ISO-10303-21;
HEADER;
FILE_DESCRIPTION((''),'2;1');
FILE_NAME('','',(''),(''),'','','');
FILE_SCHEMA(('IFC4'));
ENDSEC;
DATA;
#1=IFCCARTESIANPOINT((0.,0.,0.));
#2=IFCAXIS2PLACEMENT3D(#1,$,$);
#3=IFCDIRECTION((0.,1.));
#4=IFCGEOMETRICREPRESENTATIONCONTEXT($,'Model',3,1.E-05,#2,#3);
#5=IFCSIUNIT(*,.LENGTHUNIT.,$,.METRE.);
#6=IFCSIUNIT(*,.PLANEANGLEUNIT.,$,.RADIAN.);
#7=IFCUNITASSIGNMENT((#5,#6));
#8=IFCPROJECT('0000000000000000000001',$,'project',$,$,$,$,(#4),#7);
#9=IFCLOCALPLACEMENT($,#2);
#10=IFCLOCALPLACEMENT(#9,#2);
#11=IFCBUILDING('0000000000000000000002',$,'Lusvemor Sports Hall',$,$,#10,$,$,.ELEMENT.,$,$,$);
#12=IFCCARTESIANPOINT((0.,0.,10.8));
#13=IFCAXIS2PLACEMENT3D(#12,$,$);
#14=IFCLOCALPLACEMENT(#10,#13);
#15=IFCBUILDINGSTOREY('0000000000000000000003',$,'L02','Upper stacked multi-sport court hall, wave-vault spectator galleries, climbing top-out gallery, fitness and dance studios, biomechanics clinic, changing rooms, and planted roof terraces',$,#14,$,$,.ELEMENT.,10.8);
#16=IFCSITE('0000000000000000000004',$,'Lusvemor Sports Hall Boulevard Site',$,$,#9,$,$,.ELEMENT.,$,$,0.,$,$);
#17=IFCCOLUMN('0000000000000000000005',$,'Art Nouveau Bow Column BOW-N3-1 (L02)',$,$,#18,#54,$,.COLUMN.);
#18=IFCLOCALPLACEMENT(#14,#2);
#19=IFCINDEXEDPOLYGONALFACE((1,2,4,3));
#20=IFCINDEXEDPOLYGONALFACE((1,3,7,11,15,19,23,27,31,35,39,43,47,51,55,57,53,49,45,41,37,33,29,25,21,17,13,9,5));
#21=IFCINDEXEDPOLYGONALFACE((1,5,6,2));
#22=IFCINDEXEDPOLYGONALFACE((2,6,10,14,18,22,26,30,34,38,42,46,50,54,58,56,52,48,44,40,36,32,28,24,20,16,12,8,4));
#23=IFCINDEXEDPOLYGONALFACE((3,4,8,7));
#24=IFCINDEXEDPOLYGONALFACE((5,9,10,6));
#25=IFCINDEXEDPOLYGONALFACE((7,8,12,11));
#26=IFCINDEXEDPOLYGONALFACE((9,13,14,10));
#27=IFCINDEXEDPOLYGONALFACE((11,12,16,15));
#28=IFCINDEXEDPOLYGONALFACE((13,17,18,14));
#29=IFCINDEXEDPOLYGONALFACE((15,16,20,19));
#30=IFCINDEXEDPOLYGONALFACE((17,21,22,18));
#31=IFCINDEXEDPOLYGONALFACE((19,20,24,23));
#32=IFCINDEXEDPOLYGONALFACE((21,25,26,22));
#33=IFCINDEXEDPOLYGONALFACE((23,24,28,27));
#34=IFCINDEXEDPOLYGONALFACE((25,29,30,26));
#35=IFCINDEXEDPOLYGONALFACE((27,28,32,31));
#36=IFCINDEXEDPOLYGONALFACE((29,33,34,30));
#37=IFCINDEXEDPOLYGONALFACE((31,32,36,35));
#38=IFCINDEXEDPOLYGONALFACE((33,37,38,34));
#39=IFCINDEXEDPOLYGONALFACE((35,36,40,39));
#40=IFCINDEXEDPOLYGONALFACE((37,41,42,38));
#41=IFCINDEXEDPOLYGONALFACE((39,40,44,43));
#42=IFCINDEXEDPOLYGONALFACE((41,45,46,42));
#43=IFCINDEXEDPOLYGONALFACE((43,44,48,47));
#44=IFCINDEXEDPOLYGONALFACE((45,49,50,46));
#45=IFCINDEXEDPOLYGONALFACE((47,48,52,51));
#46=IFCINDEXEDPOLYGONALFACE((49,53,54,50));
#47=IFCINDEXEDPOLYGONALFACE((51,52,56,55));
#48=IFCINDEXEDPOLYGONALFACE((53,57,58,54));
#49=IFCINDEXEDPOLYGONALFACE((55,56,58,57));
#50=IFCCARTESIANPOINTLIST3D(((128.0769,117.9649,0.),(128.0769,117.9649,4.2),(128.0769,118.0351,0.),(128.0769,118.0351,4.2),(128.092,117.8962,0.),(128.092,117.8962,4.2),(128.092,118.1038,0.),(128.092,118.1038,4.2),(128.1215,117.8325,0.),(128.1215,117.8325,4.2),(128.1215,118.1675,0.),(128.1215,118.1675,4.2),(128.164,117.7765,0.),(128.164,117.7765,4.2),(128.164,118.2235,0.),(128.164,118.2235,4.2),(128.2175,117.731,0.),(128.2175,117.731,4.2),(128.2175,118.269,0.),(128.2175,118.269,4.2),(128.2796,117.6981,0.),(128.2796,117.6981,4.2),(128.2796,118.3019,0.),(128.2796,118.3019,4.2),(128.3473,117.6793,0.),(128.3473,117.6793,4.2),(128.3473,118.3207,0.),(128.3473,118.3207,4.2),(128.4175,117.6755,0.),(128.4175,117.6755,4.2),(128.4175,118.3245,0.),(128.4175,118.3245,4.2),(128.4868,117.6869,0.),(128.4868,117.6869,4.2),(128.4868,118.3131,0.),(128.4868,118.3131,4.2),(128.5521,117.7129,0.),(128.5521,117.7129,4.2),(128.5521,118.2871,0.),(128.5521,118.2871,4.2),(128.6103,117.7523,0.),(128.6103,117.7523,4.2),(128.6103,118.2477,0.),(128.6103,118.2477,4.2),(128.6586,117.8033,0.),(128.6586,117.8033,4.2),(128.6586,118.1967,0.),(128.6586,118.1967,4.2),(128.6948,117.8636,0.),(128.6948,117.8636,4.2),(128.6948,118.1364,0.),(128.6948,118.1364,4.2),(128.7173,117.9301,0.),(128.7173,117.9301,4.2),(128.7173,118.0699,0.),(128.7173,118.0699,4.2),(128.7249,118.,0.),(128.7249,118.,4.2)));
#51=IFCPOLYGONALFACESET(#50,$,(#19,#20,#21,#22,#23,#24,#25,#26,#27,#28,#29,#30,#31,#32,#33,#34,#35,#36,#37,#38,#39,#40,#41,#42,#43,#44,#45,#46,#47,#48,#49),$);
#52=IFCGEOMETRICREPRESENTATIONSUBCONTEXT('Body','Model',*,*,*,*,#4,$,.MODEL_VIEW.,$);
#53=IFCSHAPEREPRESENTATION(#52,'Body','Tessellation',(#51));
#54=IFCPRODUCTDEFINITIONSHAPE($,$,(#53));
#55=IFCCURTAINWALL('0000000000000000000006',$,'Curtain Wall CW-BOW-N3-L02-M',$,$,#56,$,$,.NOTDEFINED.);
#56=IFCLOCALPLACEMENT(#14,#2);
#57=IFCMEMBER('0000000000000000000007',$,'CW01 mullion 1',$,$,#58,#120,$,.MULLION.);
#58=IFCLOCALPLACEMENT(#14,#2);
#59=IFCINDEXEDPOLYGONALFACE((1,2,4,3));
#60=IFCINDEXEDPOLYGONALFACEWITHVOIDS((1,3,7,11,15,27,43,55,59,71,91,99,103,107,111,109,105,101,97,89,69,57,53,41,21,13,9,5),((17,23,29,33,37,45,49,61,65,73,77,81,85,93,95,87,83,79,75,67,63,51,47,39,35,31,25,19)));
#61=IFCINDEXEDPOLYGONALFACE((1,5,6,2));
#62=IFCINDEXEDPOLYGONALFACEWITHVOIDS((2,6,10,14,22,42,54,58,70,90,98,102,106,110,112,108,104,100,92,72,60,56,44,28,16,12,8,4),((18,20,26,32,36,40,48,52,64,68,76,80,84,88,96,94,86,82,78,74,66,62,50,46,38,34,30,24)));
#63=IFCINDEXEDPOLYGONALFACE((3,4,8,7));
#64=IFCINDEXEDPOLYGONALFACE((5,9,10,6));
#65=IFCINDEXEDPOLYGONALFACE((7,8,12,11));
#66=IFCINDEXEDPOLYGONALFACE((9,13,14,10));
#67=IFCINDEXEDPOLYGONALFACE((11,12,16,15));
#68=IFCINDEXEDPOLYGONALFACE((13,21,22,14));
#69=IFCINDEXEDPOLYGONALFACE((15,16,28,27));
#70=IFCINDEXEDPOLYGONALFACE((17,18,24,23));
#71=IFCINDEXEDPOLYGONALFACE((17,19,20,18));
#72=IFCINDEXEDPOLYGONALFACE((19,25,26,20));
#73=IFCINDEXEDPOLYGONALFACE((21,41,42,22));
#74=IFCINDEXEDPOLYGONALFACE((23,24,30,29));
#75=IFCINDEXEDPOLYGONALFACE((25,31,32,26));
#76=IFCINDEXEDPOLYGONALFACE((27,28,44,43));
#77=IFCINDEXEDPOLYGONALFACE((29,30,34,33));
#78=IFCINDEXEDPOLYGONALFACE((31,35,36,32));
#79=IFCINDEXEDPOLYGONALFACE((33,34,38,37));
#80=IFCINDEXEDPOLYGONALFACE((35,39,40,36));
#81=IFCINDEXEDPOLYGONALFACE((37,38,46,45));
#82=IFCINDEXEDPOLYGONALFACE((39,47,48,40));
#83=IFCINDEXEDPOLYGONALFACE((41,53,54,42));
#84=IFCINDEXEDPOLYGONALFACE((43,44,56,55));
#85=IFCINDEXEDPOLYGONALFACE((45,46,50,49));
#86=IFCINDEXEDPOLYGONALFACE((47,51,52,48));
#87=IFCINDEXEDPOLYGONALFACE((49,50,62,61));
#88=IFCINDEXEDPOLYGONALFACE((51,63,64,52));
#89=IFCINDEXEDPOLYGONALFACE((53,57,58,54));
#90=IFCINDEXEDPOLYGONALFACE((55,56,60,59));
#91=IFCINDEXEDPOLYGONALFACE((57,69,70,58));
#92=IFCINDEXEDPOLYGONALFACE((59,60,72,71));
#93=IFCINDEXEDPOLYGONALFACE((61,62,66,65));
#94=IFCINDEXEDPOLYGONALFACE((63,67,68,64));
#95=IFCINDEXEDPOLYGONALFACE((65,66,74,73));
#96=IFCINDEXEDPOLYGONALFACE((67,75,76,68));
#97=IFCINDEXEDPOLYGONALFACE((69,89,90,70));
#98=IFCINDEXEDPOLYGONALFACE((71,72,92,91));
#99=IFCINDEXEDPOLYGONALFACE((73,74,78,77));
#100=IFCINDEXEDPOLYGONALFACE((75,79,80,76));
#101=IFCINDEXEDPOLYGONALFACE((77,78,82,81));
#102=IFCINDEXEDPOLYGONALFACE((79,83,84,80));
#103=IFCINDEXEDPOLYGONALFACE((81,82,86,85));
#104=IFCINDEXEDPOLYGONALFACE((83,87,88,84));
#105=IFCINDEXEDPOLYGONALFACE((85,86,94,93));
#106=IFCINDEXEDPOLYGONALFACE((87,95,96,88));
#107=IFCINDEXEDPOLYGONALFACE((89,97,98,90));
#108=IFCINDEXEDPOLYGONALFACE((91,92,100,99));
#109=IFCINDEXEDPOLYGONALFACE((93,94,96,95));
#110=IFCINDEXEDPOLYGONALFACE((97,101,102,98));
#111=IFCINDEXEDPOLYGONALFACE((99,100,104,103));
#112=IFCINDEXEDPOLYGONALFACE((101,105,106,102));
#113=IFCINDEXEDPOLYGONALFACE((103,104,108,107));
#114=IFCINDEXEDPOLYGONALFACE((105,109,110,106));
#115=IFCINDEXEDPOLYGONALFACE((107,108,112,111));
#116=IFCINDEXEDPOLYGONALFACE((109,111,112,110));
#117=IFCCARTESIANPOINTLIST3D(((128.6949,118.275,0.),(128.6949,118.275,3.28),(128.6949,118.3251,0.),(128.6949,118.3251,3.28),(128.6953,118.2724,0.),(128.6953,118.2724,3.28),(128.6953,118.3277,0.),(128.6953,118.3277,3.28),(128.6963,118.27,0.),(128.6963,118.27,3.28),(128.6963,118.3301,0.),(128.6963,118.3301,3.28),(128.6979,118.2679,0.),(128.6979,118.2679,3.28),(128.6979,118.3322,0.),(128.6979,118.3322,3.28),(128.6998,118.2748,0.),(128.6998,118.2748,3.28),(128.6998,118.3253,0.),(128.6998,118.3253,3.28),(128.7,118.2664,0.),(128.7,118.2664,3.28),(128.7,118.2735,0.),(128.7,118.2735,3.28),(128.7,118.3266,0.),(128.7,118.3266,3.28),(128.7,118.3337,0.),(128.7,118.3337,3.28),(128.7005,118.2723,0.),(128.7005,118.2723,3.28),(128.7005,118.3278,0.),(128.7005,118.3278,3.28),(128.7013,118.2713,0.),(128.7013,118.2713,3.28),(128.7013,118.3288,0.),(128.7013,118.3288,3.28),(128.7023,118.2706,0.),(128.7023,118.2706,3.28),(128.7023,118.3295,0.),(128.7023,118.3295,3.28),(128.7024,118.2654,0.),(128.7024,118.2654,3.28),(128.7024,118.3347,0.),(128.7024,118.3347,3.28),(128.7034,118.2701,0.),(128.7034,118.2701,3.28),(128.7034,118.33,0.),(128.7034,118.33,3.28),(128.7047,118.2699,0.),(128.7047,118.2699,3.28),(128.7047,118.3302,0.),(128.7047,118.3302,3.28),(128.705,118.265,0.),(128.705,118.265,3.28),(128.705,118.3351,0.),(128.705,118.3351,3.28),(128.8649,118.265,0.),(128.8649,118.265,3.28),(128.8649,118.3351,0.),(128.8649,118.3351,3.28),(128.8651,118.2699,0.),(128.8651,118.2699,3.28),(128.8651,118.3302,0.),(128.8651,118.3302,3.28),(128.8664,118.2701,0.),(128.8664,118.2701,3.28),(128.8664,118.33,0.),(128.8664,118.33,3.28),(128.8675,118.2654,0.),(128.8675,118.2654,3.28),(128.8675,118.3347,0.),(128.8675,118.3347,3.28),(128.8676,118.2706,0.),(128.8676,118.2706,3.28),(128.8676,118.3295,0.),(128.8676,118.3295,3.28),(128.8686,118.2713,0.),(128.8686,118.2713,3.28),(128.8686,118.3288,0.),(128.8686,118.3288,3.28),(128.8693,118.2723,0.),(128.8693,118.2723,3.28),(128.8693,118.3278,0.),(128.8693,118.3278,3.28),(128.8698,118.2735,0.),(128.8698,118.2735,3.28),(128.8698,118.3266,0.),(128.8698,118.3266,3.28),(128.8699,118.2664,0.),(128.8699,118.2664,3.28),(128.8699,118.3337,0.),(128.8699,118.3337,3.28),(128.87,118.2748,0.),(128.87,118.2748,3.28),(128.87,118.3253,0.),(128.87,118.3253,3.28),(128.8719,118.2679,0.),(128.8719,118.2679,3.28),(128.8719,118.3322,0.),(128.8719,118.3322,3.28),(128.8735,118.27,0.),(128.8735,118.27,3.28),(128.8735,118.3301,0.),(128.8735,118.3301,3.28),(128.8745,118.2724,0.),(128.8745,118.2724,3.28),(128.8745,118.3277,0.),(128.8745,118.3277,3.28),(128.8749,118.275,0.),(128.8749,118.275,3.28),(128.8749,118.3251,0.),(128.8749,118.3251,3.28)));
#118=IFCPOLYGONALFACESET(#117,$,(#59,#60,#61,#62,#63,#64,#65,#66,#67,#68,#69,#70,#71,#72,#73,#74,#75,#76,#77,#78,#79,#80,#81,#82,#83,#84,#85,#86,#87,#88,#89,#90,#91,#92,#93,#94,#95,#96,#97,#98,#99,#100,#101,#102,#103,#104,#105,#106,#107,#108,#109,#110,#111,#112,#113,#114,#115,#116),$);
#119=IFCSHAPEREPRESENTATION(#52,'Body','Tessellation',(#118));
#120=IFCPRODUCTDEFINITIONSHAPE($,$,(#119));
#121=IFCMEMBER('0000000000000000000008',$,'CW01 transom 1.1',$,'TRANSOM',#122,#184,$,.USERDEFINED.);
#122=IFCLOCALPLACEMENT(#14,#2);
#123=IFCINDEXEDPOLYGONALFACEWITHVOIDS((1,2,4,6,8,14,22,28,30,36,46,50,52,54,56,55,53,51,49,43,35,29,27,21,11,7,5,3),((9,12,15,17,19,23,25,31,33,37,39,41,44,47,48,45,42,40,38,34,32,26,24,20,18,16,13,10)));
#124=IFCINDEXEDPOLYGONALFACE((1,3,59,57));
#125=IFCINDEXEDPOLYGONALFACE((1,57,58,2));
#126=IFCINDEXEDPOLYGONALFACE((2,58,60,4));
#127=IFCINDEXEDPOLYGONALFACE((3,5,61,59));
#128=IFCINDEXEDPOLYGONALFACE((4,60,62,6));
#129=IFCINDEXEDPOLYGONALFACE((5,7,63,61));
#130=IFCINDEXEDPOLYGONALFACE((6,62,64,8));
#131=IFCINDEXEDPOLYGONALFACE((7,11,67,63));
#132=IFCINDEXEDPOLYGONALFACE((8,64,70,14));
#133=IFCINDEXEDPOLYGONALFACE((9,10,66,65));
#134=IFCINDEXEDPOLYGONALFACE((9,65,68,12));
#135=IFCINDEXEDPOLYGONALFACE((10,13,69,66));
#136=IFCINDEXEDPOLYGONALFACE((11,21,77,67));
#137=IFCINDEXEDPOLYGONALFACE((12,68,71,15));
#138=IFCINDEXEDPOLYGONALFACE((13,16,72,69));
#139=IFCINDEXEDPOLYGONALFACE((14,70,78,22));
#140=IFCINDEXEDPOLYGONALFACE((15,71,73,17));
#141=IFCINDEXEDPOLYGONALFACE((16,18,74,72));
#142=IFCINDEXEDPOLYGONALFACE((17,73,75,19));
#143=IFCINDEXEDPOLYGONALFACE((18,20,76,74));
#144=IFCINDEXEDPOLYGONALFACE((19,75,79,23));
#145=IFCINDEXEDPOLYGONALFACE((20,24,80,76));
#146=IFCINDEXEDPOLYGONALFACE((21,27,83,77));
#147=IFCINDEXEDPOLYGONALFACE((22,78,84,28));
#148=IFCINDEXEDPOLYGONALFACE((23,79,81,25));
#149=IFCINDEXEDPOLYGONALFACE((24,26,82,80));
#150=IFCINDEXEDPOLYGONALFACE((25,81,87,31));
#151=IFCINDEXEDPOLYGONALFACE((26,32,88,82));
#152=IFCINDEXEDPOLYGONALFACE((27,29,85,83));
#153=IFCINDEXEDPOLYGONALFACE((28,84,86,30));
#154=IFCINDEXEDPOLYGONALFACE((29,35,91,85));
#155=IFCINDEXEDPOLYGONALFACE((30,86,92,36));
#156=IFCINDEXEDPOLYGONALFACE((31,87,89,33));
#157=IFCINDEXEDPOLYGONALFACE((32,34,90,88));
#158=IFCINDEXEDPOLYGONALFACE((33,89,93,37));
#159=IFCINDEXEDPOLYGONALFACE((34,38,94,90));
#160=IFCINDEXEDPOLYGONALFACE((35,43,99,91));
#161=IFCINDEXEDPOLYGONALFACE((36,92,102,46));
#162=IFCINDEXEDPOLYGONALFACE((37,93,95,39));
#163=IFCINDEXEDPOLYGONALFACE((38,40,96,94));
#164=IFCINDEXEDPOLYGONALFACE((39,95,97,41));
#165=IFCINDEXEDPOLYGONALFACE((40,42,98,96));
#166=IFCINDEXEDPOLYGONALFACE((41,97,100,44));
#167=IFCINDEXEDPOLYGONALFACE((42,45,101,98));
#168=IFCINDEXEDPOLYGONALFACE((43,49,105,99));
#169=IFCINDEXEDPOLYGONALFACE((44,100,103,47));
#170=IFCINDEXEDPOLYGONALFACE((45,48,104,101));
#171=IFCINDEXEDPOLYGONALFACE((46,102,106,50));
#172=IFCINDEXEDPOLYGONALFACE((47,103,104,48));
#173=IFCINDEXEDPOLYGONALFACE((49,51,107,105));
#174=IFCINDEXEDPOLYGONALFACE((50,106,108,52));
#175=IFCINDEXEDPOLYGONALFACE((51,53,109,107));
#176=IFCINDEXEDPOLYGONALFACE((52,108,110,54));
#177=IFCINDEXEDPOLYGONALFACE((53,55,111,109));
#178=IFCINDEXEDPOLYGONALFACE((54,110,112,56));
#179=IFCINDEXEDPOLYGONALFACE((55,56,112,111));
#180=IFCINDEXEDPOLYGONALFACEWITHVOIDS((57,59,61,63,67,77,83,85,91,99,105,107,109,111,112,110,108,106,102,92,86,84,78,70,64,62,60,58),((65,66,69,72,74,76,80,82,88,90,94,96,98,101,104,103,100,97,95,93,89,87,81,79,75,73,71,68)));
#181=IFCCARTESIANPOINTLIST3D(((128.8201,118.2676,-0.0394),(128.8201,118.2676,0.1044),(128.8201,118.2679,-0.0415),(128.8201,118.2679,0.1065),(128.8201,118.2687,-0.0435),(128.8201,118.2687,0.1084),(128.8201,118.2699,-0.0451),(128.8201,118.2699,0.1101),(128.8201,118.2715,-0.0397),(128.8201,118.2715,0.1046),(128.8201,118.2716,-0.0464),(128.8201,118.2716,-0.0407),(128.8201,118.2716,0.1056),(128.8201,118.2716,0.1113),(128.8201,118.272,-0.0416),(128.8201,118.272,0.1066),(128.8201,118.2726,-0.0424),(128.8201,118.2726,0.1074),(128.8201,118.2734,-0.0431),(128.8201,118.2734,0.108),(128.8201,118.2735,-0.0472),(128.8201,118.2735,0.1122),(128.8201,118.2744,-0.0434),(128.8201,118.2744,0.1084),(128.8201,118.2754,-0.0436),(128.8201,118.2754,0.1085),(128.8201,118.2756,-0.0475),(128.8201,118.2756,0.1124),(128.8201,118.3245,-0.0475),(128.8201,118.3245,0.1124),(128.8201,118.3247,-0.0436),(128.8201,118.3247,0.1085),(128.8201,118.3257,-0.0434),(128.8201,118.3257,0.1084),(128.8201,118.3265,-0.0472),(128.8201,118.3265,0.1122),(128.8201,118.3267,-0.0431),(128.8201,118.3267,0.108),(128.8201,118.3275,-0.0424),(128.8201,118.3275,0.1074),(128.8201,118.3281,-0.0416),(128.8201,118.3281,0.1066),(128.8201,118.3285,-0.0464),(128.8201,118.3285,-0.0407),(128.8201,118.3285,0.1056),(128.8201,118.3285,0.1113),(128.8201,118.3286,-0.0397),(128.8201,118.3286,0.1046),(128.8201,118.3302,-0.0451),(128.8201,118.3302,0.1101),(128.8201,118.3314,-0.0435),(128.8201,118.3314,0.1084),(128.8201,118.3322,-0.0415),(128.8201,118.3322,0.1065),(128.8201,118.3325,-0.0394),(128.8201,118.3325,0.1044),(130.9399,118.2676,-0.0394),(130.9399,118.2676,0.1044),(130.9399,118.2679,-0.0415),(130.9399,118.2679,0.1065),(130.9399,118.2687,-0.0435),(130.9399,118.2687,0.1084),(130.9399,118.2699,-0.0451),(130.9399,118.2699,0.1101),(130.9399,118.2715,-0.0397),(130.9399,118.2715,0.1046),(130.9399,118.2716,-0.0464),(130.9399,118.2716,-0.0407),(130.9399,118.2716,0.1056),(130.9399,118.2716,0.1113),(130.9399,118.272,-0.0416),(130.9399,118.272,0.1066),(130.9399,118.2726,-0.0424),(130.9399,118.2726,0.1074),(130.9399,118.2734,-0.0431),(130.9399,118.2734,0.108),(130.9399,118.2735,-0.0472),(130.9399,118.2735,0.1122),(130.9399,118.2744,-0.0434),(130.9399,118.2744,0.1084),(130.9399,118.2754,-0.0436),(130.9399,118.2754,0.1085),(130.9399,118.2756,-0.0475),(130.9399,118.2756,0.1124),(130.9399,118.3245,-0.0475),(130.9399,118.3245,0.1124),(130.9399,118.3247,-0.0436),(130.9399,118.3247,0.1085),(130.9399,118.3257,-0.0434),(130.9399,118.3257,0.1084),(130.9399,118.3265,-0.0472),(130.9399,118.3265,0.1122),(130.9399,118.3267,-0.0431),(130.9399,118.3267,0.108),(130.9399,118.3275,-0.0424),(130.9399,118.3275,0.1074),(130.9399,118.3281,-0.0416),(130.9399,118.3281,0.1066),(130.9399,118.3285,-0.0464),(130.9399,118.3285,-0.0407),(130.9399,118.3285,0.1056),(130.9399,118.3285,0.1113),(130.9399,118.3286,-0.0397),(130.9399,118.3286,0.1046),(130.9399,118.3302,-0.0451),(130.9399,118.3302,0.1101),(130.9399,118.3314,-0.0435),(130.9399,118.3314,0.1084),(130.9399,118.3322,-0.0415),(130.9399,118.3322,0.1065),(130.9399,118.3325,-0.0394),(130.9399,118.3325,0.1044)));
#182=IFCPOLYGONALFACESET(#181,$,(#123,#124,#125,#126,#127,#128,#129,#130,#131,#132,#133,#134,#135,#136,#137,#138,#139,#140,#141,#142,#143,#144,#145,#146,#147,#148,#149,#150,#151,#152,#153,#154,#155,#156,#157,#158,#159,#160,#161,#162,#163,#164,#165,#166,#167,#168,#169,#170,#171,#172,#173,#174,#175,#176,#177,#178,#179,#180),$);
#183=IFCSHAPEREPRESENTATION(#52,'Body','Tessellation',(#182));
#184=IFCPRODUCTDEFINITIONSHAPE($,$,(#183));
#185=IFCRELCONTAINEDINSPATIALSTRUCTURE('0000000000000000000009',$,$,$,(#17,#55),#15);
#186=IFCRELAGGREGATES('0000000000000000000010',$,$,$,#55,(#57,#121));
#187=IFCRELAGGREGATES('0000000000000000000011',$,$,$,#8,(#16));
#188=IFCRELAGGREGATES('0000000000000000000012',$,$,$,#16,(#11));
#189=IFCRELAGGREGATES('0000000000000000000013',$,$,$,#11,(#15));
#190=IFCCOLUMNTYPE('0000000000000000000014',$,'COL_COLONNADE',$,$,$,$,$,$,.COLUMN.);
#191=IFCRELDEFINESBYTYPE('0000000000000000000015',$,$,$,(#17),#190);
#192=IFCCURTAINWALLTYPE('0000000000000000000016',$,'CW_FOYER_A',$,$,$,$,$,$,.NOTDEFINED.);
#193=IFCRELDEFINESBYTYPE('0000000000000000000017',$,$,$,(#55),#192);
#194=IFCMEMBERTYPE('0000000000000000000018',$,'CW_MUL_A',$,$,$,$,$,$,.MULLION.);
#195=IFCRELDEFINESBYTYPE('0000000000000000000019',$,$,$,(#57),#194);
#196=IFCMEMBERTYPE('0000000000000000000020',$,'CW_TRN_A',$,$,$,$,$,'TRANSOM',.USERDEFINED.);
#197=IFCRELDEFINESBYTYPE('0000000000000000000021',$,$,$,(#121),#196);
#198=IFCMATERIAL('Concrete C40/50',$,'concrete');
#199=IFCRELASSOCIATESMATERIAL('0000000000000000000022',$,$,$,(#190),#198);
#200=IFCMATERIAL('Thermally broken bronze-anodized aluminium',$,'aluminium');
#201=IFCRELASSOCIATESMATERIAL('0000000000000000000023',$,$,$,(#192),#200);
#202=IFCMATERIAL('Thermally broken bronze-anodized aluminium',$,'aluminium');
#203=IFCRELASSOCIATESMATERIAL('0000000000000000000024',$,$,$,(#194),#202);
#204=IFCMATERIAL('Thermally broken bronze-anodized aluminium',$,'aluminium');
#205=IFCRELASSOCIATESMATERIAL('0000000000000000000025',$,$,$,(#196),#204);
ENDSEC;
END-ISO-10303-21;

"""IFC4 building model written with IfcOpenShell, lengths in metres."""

from ifc_helpers import new_model, si_unit, direction, frame, origin, origin_2d, place, context, subcontext, project, spatial, hollow_rectangle, circle, extrude, material, material_profile, profile_set, type_object, element, aggregate, save


model = new_model("IFC4")

# Units and contexts
model_context = context("Model", 3, precision=1e-05, world=origin(), true_north=direction((0.0, 1.0)))
body_context = subcontext(model_context, "Body", "Model", "MODEL_VIEW")
ifc_project = project(units=[si_unit("LENGTHUNIT", "METRE"), si_unit("PLANEANGLEUNIT", "RADIAN")], contexts=[model_context])

# Site, building, storey
site_placement = place(None, origin())
site = spatial("IfcSite", under=ifc_project, at=site_placement, Name="Lusvemor Sports Hall Boulevard Site", CompositionType="ELEMENT", RefElevation=0.0)
building_placement = place(site_placement, origin())
building = spatial("IfcBuilding", under=site, at=building_placement, Name="Lusvemor Sports Hall", CompositionType="ELEMENT")
storey_placement = place(building_placement, frame((0.0, 0.0, 10.8)))
storey = spatial("IfcBuildingStorey", under=building, at=storey_placement, Name="L02", Description="Upper stacked multi-sport court hall, wave-vault spectator galleries, climbing top-out gallery, fitness and dance studios, biomechanics clinic, changing rooms, and planted roof terraces", CompositionType="ELEMENT", Elevation=10.8)

# Column
ifc_material_1 = material(Name="Concrete C40/50", Category="concrete")
ifc_material_profile_1 = material_profile(ifc_material_1, circle(Radius=0.325, at=origin_2d()), Name="RCCIRC650")
ifc_profile_set_1 = profile_set([ifc_material_profile_1], Name="Concrete C40/50")
column_type = type_object("IfcColumnType", Name="COL_COLONNADE", PredefinedType="COLUMN", material=ifc_profile_set_1)
column_placement = place(storey_placement, frame((128.3999, 118.0, 0.0), z_axis=(0.0, 0.0, 1.0), x_axis=(1.0, 0.0, 0.0)))
element("IfcColumn", 1, at=column_placement, inside=storey, type_object=column_type, Name="Art Nouveau Bow Column BOW-N3-1 (L02)", PredefinedType="COLUMN", context=body_context, shape_type="SweptSolid", body=[
    extrude(circle(Radius=0.325, at=origin_2d()), origin(), (0.0, 0.0, 1.0), 4.2),
])

# Curtain wall, members
ifc_material_2 = material(Name="Thermally broken bronze-anodized aluminium", Category="aluminium")
curtain_wall_type_1 = type_object("IfcCurtainWallType", Name="CW_FOYER_A", PredefinedType="NOTDEFINED", material=ifc_material_2)
curtain_wall_1_placement = place(storey_placement, origin())
curtain_wall_1 = element("IfcCurtainWall", 2, at=curtain_wall_1_placement, inside=storey, type_object=curtain_wall_type_1, Name="Curtain Wall CW-BOW-N3-L02-M", PredefinedType="NOTDEFINED")
ifc_material_3 = material(Name="Thermally broken bronze-anodized aluminium", Category="aluminium")
ifc_material_profile_2 = material_profile(ifc_material_3, hollow_rectangle(XDim=0.0701, YDim=0.1799, WallThickness=0.0049, InnerFilletRadius=0.0049, OuterFilletRadius=0.01, at=origin_2d()), Name="CWMUL180x70x5")
ifc_profile_set_2 = profile_set([ifc_material_profile_2], Name="Thermally broken bronze-anodized aluminium")
member_type_1 = type_object("IfcMemberType", Name="CW_MUL_A", PredefinedType="MULLION", material=ifc_profile_set_2)
member_1_placement = place(storey_placement, frame((128.7849, 118.3, 0.0), z_axis=(0.0, 0.0, 1.0), x_axis=(0.0, 1.0, 0.0)))
member_1 = element("IfcMember", 3, at=member_1_placement, type_object=member_type_1, Name="CW01 mullion 1", PredefinedType="MULLION", context=body_context, shape_type="SweptSolid", body=[
    extrude(hollow_rectangle(XDim=0.0701, YDim=0.1799, WallThickness=0.0049, InnerFilletRadius=0.0049, OuterFilletRadius=0.01, at=origin_2d()), origin(), (0.0, 0.0, 1.0), 3.28),
])
ifc_material_4 = material(Name="Thermally broken bronze-anodized aluminium", Category="aluminium")
ifc_material_profile_3 = material_profile(ifc_material_4, hollow_rectangle(XDim=0.0649, YDim=0.1599, WallThickness=0.0039, InnerFilletRadius=0.0039, OuterFilletRadius=0.0081, at=origin_2d()), Name="CWTRN160x65x4")
ifc_profile_set_3 = profile_set([ifc_material_profile_3], Name="Thermally broken bronze-anodized aluminium")
member_type_2 = type_object("IfcMemberType", Name="CW_TRN_A", ElementType="TRANSOM", PredefinedType="USERDEFINED", material=ifc_profile_set_3)
member_2_placement = place(storey_placement, frame((128.8201, 118.3, 0.0325), z_axis=(1.0, 0.0, 0.0), x_axis=(0.0, 1.0, 0.0)))
member_2 = element("IfcMember", 4, at=member_2_placement, type_object=member_type_2, Name="CW01 transom 1.1", ObjectType="TRANSOM", PredefinedType="USERDEFINED", context=body_context, shape_type="SweptSolid", body=[
    extrude(hollow_rectangle(XDim=0.0649, YDim=0.1599, WallThickness=0.0039, InnerFilletRadius=0.0039, OuterFilletRadius=0.0081, at=origin_2d()), origin(), (0.0, 0.0, 1.0), 2.1199),
])
aggregate(curtain_wall_1, [member_1, member_2])

save(model, "model.ifc")
